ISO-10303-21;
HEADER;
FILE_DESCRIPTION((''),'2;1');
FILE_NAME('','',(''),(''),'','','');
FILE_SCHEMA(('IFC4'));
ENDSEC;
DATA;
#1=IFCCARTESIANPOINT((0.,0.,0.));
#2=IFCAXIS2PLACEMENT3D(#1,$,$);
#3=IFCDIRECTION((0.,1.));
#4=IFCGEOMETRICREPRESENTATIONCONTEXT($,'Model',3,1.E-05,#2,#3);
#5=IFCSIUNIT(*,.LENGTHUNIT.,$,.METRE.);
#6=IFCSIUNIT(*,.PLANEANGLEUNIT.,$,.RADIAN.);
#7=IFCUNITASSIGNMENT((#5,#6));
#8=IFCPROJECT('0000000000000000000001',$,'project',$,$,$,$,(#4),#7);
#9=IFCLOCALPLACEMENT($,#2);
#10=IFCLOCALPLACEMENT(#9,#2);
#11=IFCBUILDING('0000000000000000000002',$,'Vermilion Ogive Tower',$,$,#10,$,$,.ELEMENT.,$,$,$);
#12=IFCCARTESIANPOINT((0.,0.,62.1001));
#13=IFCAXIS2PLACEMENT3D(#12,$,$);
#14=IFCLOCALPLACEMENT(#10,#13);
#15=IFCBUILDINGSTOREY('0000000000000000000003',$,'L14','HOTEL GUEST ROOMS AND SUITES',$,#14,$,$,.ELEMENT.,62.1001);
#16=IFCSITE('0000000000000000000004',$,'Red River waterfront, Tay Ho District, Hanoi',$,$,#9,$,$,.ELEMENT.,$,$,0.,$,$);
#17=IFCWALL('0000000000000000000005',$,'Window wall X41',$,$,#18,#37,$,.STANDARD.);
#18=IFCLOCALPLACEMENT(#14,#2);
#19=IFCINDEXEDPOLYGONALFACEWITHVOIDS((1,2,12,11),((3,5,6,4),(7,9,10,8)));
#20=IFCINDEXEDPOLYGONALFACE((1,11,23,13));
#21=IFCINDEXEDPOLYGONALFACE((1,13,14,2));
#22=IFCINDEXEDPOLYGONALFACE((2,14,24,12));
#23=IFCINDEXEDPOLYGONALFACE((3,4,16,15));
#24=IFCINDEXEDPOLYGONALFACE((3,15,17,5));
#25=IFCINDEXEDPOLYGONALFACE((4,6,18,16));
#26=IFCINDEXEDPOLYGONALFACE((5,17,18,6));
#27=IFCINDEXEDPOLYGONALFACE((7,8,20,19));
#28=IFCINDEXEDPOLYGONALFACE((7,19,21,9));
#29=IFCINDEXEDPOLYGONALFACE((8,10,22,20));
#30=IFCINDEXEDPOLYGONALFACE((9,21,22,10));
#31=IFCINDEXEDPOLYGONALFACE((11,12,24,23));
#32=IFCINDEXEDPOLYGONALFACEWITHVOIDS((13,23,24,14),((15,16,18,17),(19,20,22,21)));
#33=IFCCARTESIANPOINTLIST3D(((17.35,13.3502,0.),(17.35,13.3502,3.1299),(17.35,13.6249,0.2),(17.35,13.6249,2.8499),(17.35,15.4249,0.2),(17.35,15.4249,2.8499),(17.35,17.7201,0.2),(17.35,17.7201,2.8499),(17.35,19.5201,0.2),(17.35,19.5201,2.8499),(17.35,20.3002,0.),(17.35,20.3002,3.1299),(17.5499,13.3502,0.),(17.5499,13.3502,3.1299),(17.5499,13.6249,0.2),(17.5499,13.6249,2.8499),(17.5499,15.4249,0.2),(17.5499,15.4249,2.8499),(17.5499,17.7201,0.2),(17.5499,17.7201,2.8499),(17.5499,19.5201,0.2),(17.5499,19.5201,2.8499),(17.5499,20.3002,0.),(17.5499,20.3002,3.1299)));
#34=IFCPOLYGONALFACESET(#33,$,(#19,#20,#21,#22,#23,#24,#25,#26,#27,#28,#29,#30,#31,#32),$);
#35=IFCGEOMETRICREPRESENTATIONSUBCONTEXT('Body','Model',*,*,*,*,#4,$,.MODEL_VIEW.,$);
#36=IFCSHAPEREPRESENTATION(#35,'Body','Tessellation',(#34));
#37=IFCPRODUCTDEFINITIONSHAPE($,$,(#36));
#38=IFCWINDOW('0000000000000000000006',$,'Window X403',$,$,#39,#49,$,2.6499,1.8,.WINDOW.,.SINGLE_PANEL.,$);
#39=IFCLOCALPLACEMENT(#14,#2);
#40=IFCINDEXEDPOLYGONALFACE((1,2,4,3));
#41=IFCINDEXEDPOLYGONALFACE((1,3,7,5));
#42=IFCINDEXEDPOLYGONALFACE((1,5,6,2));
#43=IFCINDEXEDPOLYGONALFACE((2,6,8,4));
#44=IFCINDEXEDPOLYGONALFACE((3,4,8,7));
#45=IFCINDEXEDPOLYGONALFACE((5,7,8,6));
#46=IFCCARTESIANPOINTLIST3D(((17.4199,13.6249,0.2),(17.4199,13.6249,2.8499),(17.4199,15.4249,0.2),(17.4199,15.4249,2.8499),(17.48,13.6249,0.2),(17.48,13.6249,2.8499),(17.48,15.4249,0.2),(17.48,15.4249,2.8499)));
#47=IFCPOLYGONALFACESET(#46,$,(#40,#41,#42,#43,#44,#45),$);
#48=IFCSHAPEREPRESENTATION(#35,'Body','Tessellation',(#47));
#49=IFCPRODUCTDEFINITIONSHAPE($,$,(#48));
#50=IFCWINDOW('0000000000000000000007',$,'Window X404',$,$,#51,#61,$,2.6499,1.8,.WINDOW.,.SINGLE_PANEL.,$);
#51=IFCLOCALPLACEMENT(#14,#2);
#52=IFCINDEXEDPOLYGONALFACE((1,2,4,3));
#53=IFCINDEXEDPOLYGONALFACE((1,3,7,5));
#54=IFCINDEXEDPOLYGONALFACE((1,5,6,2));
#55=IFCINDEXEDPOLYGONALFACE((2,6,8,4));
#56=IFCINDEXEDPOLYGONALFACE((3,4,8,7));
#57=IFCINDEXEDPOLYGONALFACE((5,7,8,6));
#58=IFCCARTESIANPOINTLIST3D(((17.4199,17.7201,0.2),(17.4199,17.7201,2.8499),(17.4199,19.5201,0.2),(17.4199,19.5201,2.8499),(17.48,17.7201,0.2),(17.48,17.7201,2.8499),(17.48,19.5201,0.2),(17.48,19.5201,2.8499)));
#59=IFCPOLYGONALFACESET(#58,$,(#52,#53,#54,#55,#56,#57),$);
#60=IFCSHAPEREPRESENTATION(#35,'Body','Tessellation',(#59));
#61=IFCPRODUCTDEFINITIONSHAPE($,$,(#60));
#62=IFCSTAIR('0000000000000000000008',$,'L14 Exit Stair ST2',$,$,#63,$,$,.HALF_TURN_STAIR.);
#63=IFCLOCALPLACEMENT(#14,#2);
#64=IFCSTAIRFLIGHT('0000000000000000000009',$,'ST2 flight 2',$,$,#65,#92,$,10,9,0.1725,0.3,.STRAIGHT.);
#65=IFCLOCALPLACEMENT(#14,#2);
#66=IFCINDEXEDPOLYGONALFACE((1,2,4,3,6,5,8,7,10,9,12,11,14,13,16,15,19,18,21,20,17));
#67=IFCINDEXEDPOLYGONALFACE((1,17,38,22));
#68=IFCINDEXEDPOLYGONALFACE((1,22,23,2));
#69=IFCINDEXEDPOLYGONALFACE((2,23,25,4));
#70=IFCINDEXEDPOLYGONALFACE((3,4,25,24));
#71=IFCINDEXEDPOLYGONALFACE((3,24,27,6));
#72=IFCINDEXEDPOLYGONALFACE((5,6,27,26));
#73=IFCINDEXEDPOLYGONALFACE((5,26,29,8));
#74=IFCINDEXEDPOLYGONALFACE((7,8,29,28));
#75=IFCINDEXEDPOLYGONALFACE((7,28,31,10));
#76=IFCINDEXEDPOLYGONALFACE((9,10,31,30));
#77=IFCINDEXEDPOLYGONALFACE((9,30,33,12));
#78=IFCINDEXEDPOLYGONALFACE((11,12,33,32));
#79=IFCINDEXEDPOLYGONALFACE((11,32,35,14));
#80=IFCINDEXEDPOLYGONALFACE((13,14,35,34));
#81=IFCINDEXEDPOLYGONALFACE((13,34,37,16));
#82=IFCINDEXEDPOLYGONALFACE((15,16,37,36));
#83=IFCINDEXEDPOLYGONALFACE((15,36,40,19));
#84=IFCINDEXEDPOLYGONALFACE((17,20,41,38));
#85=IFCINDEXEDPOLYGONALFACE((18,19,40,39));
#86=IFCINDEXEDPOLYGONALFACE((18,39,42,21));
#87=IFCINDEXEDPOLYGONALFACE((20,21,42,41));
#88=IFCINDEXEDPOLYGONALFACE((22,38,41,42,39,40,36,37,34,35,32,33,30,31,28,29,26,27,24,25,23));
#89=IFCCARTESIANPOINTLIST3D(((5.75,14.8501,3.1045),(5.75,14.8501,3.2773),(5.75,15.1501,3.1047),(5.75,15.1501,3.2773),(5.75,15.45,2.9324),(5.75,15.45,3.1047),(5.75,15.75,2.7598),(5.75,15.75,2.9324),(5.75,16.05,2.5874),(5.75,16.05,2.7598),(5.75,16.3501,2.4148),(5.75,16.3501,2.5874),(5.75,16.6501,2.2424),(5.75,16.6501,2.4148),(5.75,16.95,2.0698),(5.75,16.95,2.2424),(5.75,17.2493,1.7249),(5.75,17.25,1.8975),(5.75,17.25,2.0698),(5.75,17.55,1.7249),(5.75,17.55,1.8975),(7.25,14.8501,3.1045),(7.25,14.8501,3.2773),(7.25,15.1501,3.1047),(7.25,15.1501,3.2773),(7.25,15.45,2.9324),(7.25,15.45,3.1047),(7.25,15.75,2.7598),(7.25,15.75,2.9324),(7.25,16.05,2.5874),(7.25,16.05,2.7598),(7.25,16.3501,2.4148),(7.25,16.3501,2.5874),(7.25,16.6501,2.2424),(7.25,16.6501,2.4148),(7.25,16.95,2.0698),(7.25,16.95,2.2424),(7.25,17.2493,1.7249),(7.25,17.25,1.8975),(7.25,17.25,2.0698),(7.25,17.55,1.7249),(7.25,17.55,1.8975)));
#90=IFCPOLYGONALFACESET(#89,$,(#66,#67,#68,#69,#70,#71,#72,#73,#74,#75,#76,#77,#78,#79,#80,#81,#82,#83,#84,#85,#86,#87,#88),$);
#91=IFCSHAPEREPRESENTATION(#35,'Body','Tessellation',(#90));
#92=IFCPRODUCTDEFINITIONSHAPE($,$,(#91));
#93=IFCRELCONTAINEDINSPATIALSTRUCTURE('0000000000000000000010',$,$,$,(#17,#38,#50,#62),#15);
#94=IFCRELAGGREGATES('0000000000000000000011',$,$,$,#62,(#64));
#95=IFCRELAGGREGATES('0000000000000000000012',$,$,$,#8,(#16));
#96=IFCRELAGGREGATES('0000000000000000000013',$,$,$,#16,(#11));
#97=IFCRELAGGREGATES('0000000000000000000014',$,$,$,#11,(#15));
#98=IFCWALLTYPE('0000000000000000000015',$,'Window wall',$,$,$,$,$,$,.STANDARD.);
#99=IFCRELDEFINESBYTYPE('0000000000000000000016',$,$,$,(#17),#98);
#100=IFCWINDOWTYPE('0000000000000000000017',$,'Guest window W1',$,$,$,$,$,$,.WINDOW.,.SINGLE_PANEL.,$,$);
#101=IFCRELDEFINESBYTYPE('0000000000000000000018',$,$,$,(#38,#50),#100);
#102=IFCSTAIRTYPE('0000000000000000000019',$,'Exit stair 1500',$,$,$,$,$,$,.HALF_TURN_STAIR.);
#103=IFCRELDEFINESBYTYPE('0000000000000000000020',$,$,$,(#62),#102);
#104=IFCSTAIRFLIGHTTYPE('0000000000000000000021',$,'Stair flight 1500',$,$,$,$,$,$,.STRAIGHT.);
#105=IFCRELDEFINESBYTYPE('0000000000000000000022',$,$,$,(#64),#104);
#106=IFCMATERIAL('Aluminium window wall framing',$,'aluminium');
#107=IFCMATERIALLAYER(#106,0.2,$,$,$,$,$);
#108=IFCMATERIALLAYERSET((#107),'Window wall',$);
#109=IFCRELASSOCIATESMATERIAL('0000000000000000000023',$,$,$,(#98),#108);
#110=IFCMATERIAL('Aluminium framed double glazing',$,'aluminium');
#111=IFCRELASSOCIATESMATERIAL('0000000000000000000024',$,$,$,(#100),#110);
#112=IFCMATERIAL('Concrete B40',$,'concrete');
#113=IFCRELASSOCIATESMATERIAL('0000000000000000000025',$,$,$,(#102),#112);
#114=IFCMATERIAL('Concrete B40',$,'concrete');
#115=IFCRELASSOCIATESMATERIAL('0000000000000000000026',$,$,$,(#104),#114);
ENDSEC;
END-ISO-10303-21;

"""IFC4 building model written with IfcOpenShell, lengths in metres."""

from ifc_helpers import new_model, si_unit, direction, frame, frame_2d, origin, place, context, subcontext, project, spatial, polyline, rectangle, outline, extrude, material, layer, layer_set, type_object, element, fill, aggregate, save


model = new_model("IFC4")

# Units and contexts
model_context = context("Model", 3, precision=1e-05, world=origin(), true_north=direction((0.0, 1.0)))
body_context = subcontext(model_context, "Body", "Model", "MODEL_VIEW")
ifc_project = project(units=[si_unit("LENGTHUNIT", "METRE"), si_unit("PLANEANGLEUNIT", "RADIAN")], contexts=[model_context])

# Site, building, storey
site_placement = place(None, origin())
site = spatial("IfcSite", under=ifc_project, at=site_placement, Name="Red River waterfront, Tay Ho District, Hanoi", CompositionType="ELEMENT", RefElevation=0.0)
building_placement = place(site_placement, origin())
building = spatial("IfcBuilding", under=site, at=building_placement, Name="Vermilion Ogive Tower", CompositionType="ELEMENT")
storey_placement = place(building_placement, frame((0.0, 0.0, 62.1001)))
storey = spatial("IfcBuildingStorey", under=building, at=storey_placement, Name="L14", Description="HOTEL GUEST ROOMS AND SUITES", CompositionType="ELEMENT", Elevation=62.1001)

# Shared definitions
ifc_material_1 = material(Name="Aluminium window wall framing", Category="aluminium")
ifc_layer_1 = layer(ifc_material_1, 0.2)
ifc_layer_set_1 = layer_set([ifc_layer_1], Name="Window wall")
wall_type_1 = type_object("IfcWallType", Name="Window wall", PredefinedType="STANDARD", material=ifc_layer_set_1)

# Wall, openings, windows
wall_1_placement = place(storey_placement, frame((17.45, 13.3501, 0.0), z_axis=(0.0, 0.0, 1.0), x_axis=(0.0, 1.0, 0.0)))
wall_1 = element("IfcWall", 1, at=wall_1_placement, inside=storey, type_object=wall_type_1, Name="Window wall X41", PredefinedType="STANDARD", context=body_context, shape_type="SweptSolid", body=[
    extrude(rectangle(XDim=6.95, YDim=0.2, at=frame_2d((3.4751, 0.0))), origin(), (0.0, 0.0, 1.0), 3.1299),
])
opening_1_placement = place(wall_1_placement, frame((0.2749, 0.0, 0.2)))
opening_1 = element("IfcOpeningElement", 2, at=opening_1_placement, cuts=wall_1, PredefinedType="OPENING", context=body_context, shape_type="SweptSolid", body=[
    extrude(rectangle(XDim=1.8, YDim=2.6499, at=frame_2d((0.8999, 1.325))), frame((0.0, 0.1099, 0.0), z_axis=(0.0, -1.0, 0.0), x_axis=(1.0, 0.0, 0.0)), (0.0, 0.0, 1.0), 0.22),
])
opening_2_placement = place(wall_1_placement, frame((4.3701, 0.0, 0.2)))
opening_2 = element("IfcOpeningElement", 3, at=opening_2_placement, cuts=wall_1, PredefinedType="OPENING", context=body_context, shape_type="SweptSolid", body=[
    extrude(rectangle(XDim=1.8, YDim=2.6499, at=frame_2d((0.8999, 1.325))), frame((0.0, 0.1099, 0.0), z_axis=(0.0, -1.0, 0.0), x_axis=(1.0, 0.0, 0.0)), (0.0, 0.0, 1.0), 0.22),
])
ifc_material_2 = material(Name="Aluminium framed double glazing", Category="aluminium")
window_type = type_object("IfcWindowType", Name="Guest window W1", PartitioningType="SINGLE_PANEL", PredefinedType="WINDOW", material=ifc_material_2)
window_1_placement = place(opening_1_placement, origin())
window_1 = element("IfcWindow", 4, at=window_1_placement, inside=storey, type_object=window_type, Name="Window X403", OverallHeight=2.6499, OverallWidth=1.8, PartitioningType="SINGLE_PANEL", PredefinedType="WINDOW", context=body_context, shape_type="SweptSolid", body=[
    extrude(rectangle(XDim=1.8, YDim=2.6499, at=frame_2d((0.8999, 1.325))), frame((0.0, 0.03, 0.0), z_axis=(0.0, -1.0, 0.0), x_axis=(1.0, 0.0, 0.0)), (0.0, 0.0, 1.0), 0.0601),
])
fill(opening_1, window_1)
window_2_placement = place(opening_2_placement, origin())
window_2 = element("IfcWindow", 5, at=window_2_placement, inside=storey, type_object=window_type, Name="Window X404", OverallHeight=2.6499, OverallWidth=1.8, PartitioningType="SINGLE_PANEL", PredefinedType="WINDOW", context=body_context, shape_type="SweptSolid", body=[
    extrude(rectangle(XDim=1.8, YDim=2.6499, at=frame_2d((0.8999, 1.325))), frame((0.0, 0.03, 0.0), z_axis=(0.0, -1.0, 0.0), x_axis=(1.0, 0.0, 0.0)), (0.0, 0.0, 1.0), 0.0601),
])
fill(opening_2, window_2)

# Stair, stair flight
ifc_material_3 = material(Name="Concrete B40", Category="concrete")
stair_type = type_object("IfcStairType", Name="Exit stair 1500", PredefinedType="HALF_TURN_STAIR", material=ifc_material_3)
stair_placement = place(storey_placement, origin())
stair = element("IfcStair", 6, at=stair_placement, inside=storey, type_object=stair_type, Name="L14 Exit Stair ST2", PredefinedType="HALF_TURN_STAIR")
ifc_material_4 = material(Name="Concrete B40", Category="concrete")
stair_flight_type = type_object("IfcStairFlightType", Name="Stair flight 1500", PredefinedType="STRAIGHT", material=ifc_material_4)
stair_flight_placement = place(storey_placement, frame((6.5, 17.55, 1.7249), z_axis=(0.0, 0.0, 1.0), x_axis=(0.0, -1.0, 0.0)))
stair_flight = element("IfcStairFlight", 7, at=stair_flight_placement, type_object=stair_flight_type, Name="ST2 flight 2", NumberOfRisers=10, NumberOfTreads=9, PredefinedType="STRAIGHT", RiserHeight=0.1725, TreadLength=0.3, context=body_context, shape_type="SweptSolid", body=[
    extrude(outline(polyline([(0.0, 0.0), (0.0, 0.1726), (0.3, 0.1726), (0.3, 0.345), (0.6001, 0.345), (0.6001, 0.5176), (0.8999, 0.5176), (0.8999, 0.6899), (1.2, 0.6899), (1.2, 0.8625), (1.5, 0.8625), (1.5, 1.0349), (1.8, 1.0349), (1.8, 1.2075), (2.1001, 1.2075), (2.1001, 1.3799), (2.3999, 1.3799), (2.3999, 1.5525), (2.7, 1.5525), (2.7, 1.7251), (2.7, 1.3796), (0.3008, 0.0), (0.0, 0.0)])), frame((0.0, 0.75, 0.0), z_axis=(0.0, -1.0, 0.0), x_axis=(1.0, 0.0, 0.0)), (0.0, 0.0, 1.0), 1.5),
])
aggregate(stair, [stair_flight])

save(model, "model.ifc")
